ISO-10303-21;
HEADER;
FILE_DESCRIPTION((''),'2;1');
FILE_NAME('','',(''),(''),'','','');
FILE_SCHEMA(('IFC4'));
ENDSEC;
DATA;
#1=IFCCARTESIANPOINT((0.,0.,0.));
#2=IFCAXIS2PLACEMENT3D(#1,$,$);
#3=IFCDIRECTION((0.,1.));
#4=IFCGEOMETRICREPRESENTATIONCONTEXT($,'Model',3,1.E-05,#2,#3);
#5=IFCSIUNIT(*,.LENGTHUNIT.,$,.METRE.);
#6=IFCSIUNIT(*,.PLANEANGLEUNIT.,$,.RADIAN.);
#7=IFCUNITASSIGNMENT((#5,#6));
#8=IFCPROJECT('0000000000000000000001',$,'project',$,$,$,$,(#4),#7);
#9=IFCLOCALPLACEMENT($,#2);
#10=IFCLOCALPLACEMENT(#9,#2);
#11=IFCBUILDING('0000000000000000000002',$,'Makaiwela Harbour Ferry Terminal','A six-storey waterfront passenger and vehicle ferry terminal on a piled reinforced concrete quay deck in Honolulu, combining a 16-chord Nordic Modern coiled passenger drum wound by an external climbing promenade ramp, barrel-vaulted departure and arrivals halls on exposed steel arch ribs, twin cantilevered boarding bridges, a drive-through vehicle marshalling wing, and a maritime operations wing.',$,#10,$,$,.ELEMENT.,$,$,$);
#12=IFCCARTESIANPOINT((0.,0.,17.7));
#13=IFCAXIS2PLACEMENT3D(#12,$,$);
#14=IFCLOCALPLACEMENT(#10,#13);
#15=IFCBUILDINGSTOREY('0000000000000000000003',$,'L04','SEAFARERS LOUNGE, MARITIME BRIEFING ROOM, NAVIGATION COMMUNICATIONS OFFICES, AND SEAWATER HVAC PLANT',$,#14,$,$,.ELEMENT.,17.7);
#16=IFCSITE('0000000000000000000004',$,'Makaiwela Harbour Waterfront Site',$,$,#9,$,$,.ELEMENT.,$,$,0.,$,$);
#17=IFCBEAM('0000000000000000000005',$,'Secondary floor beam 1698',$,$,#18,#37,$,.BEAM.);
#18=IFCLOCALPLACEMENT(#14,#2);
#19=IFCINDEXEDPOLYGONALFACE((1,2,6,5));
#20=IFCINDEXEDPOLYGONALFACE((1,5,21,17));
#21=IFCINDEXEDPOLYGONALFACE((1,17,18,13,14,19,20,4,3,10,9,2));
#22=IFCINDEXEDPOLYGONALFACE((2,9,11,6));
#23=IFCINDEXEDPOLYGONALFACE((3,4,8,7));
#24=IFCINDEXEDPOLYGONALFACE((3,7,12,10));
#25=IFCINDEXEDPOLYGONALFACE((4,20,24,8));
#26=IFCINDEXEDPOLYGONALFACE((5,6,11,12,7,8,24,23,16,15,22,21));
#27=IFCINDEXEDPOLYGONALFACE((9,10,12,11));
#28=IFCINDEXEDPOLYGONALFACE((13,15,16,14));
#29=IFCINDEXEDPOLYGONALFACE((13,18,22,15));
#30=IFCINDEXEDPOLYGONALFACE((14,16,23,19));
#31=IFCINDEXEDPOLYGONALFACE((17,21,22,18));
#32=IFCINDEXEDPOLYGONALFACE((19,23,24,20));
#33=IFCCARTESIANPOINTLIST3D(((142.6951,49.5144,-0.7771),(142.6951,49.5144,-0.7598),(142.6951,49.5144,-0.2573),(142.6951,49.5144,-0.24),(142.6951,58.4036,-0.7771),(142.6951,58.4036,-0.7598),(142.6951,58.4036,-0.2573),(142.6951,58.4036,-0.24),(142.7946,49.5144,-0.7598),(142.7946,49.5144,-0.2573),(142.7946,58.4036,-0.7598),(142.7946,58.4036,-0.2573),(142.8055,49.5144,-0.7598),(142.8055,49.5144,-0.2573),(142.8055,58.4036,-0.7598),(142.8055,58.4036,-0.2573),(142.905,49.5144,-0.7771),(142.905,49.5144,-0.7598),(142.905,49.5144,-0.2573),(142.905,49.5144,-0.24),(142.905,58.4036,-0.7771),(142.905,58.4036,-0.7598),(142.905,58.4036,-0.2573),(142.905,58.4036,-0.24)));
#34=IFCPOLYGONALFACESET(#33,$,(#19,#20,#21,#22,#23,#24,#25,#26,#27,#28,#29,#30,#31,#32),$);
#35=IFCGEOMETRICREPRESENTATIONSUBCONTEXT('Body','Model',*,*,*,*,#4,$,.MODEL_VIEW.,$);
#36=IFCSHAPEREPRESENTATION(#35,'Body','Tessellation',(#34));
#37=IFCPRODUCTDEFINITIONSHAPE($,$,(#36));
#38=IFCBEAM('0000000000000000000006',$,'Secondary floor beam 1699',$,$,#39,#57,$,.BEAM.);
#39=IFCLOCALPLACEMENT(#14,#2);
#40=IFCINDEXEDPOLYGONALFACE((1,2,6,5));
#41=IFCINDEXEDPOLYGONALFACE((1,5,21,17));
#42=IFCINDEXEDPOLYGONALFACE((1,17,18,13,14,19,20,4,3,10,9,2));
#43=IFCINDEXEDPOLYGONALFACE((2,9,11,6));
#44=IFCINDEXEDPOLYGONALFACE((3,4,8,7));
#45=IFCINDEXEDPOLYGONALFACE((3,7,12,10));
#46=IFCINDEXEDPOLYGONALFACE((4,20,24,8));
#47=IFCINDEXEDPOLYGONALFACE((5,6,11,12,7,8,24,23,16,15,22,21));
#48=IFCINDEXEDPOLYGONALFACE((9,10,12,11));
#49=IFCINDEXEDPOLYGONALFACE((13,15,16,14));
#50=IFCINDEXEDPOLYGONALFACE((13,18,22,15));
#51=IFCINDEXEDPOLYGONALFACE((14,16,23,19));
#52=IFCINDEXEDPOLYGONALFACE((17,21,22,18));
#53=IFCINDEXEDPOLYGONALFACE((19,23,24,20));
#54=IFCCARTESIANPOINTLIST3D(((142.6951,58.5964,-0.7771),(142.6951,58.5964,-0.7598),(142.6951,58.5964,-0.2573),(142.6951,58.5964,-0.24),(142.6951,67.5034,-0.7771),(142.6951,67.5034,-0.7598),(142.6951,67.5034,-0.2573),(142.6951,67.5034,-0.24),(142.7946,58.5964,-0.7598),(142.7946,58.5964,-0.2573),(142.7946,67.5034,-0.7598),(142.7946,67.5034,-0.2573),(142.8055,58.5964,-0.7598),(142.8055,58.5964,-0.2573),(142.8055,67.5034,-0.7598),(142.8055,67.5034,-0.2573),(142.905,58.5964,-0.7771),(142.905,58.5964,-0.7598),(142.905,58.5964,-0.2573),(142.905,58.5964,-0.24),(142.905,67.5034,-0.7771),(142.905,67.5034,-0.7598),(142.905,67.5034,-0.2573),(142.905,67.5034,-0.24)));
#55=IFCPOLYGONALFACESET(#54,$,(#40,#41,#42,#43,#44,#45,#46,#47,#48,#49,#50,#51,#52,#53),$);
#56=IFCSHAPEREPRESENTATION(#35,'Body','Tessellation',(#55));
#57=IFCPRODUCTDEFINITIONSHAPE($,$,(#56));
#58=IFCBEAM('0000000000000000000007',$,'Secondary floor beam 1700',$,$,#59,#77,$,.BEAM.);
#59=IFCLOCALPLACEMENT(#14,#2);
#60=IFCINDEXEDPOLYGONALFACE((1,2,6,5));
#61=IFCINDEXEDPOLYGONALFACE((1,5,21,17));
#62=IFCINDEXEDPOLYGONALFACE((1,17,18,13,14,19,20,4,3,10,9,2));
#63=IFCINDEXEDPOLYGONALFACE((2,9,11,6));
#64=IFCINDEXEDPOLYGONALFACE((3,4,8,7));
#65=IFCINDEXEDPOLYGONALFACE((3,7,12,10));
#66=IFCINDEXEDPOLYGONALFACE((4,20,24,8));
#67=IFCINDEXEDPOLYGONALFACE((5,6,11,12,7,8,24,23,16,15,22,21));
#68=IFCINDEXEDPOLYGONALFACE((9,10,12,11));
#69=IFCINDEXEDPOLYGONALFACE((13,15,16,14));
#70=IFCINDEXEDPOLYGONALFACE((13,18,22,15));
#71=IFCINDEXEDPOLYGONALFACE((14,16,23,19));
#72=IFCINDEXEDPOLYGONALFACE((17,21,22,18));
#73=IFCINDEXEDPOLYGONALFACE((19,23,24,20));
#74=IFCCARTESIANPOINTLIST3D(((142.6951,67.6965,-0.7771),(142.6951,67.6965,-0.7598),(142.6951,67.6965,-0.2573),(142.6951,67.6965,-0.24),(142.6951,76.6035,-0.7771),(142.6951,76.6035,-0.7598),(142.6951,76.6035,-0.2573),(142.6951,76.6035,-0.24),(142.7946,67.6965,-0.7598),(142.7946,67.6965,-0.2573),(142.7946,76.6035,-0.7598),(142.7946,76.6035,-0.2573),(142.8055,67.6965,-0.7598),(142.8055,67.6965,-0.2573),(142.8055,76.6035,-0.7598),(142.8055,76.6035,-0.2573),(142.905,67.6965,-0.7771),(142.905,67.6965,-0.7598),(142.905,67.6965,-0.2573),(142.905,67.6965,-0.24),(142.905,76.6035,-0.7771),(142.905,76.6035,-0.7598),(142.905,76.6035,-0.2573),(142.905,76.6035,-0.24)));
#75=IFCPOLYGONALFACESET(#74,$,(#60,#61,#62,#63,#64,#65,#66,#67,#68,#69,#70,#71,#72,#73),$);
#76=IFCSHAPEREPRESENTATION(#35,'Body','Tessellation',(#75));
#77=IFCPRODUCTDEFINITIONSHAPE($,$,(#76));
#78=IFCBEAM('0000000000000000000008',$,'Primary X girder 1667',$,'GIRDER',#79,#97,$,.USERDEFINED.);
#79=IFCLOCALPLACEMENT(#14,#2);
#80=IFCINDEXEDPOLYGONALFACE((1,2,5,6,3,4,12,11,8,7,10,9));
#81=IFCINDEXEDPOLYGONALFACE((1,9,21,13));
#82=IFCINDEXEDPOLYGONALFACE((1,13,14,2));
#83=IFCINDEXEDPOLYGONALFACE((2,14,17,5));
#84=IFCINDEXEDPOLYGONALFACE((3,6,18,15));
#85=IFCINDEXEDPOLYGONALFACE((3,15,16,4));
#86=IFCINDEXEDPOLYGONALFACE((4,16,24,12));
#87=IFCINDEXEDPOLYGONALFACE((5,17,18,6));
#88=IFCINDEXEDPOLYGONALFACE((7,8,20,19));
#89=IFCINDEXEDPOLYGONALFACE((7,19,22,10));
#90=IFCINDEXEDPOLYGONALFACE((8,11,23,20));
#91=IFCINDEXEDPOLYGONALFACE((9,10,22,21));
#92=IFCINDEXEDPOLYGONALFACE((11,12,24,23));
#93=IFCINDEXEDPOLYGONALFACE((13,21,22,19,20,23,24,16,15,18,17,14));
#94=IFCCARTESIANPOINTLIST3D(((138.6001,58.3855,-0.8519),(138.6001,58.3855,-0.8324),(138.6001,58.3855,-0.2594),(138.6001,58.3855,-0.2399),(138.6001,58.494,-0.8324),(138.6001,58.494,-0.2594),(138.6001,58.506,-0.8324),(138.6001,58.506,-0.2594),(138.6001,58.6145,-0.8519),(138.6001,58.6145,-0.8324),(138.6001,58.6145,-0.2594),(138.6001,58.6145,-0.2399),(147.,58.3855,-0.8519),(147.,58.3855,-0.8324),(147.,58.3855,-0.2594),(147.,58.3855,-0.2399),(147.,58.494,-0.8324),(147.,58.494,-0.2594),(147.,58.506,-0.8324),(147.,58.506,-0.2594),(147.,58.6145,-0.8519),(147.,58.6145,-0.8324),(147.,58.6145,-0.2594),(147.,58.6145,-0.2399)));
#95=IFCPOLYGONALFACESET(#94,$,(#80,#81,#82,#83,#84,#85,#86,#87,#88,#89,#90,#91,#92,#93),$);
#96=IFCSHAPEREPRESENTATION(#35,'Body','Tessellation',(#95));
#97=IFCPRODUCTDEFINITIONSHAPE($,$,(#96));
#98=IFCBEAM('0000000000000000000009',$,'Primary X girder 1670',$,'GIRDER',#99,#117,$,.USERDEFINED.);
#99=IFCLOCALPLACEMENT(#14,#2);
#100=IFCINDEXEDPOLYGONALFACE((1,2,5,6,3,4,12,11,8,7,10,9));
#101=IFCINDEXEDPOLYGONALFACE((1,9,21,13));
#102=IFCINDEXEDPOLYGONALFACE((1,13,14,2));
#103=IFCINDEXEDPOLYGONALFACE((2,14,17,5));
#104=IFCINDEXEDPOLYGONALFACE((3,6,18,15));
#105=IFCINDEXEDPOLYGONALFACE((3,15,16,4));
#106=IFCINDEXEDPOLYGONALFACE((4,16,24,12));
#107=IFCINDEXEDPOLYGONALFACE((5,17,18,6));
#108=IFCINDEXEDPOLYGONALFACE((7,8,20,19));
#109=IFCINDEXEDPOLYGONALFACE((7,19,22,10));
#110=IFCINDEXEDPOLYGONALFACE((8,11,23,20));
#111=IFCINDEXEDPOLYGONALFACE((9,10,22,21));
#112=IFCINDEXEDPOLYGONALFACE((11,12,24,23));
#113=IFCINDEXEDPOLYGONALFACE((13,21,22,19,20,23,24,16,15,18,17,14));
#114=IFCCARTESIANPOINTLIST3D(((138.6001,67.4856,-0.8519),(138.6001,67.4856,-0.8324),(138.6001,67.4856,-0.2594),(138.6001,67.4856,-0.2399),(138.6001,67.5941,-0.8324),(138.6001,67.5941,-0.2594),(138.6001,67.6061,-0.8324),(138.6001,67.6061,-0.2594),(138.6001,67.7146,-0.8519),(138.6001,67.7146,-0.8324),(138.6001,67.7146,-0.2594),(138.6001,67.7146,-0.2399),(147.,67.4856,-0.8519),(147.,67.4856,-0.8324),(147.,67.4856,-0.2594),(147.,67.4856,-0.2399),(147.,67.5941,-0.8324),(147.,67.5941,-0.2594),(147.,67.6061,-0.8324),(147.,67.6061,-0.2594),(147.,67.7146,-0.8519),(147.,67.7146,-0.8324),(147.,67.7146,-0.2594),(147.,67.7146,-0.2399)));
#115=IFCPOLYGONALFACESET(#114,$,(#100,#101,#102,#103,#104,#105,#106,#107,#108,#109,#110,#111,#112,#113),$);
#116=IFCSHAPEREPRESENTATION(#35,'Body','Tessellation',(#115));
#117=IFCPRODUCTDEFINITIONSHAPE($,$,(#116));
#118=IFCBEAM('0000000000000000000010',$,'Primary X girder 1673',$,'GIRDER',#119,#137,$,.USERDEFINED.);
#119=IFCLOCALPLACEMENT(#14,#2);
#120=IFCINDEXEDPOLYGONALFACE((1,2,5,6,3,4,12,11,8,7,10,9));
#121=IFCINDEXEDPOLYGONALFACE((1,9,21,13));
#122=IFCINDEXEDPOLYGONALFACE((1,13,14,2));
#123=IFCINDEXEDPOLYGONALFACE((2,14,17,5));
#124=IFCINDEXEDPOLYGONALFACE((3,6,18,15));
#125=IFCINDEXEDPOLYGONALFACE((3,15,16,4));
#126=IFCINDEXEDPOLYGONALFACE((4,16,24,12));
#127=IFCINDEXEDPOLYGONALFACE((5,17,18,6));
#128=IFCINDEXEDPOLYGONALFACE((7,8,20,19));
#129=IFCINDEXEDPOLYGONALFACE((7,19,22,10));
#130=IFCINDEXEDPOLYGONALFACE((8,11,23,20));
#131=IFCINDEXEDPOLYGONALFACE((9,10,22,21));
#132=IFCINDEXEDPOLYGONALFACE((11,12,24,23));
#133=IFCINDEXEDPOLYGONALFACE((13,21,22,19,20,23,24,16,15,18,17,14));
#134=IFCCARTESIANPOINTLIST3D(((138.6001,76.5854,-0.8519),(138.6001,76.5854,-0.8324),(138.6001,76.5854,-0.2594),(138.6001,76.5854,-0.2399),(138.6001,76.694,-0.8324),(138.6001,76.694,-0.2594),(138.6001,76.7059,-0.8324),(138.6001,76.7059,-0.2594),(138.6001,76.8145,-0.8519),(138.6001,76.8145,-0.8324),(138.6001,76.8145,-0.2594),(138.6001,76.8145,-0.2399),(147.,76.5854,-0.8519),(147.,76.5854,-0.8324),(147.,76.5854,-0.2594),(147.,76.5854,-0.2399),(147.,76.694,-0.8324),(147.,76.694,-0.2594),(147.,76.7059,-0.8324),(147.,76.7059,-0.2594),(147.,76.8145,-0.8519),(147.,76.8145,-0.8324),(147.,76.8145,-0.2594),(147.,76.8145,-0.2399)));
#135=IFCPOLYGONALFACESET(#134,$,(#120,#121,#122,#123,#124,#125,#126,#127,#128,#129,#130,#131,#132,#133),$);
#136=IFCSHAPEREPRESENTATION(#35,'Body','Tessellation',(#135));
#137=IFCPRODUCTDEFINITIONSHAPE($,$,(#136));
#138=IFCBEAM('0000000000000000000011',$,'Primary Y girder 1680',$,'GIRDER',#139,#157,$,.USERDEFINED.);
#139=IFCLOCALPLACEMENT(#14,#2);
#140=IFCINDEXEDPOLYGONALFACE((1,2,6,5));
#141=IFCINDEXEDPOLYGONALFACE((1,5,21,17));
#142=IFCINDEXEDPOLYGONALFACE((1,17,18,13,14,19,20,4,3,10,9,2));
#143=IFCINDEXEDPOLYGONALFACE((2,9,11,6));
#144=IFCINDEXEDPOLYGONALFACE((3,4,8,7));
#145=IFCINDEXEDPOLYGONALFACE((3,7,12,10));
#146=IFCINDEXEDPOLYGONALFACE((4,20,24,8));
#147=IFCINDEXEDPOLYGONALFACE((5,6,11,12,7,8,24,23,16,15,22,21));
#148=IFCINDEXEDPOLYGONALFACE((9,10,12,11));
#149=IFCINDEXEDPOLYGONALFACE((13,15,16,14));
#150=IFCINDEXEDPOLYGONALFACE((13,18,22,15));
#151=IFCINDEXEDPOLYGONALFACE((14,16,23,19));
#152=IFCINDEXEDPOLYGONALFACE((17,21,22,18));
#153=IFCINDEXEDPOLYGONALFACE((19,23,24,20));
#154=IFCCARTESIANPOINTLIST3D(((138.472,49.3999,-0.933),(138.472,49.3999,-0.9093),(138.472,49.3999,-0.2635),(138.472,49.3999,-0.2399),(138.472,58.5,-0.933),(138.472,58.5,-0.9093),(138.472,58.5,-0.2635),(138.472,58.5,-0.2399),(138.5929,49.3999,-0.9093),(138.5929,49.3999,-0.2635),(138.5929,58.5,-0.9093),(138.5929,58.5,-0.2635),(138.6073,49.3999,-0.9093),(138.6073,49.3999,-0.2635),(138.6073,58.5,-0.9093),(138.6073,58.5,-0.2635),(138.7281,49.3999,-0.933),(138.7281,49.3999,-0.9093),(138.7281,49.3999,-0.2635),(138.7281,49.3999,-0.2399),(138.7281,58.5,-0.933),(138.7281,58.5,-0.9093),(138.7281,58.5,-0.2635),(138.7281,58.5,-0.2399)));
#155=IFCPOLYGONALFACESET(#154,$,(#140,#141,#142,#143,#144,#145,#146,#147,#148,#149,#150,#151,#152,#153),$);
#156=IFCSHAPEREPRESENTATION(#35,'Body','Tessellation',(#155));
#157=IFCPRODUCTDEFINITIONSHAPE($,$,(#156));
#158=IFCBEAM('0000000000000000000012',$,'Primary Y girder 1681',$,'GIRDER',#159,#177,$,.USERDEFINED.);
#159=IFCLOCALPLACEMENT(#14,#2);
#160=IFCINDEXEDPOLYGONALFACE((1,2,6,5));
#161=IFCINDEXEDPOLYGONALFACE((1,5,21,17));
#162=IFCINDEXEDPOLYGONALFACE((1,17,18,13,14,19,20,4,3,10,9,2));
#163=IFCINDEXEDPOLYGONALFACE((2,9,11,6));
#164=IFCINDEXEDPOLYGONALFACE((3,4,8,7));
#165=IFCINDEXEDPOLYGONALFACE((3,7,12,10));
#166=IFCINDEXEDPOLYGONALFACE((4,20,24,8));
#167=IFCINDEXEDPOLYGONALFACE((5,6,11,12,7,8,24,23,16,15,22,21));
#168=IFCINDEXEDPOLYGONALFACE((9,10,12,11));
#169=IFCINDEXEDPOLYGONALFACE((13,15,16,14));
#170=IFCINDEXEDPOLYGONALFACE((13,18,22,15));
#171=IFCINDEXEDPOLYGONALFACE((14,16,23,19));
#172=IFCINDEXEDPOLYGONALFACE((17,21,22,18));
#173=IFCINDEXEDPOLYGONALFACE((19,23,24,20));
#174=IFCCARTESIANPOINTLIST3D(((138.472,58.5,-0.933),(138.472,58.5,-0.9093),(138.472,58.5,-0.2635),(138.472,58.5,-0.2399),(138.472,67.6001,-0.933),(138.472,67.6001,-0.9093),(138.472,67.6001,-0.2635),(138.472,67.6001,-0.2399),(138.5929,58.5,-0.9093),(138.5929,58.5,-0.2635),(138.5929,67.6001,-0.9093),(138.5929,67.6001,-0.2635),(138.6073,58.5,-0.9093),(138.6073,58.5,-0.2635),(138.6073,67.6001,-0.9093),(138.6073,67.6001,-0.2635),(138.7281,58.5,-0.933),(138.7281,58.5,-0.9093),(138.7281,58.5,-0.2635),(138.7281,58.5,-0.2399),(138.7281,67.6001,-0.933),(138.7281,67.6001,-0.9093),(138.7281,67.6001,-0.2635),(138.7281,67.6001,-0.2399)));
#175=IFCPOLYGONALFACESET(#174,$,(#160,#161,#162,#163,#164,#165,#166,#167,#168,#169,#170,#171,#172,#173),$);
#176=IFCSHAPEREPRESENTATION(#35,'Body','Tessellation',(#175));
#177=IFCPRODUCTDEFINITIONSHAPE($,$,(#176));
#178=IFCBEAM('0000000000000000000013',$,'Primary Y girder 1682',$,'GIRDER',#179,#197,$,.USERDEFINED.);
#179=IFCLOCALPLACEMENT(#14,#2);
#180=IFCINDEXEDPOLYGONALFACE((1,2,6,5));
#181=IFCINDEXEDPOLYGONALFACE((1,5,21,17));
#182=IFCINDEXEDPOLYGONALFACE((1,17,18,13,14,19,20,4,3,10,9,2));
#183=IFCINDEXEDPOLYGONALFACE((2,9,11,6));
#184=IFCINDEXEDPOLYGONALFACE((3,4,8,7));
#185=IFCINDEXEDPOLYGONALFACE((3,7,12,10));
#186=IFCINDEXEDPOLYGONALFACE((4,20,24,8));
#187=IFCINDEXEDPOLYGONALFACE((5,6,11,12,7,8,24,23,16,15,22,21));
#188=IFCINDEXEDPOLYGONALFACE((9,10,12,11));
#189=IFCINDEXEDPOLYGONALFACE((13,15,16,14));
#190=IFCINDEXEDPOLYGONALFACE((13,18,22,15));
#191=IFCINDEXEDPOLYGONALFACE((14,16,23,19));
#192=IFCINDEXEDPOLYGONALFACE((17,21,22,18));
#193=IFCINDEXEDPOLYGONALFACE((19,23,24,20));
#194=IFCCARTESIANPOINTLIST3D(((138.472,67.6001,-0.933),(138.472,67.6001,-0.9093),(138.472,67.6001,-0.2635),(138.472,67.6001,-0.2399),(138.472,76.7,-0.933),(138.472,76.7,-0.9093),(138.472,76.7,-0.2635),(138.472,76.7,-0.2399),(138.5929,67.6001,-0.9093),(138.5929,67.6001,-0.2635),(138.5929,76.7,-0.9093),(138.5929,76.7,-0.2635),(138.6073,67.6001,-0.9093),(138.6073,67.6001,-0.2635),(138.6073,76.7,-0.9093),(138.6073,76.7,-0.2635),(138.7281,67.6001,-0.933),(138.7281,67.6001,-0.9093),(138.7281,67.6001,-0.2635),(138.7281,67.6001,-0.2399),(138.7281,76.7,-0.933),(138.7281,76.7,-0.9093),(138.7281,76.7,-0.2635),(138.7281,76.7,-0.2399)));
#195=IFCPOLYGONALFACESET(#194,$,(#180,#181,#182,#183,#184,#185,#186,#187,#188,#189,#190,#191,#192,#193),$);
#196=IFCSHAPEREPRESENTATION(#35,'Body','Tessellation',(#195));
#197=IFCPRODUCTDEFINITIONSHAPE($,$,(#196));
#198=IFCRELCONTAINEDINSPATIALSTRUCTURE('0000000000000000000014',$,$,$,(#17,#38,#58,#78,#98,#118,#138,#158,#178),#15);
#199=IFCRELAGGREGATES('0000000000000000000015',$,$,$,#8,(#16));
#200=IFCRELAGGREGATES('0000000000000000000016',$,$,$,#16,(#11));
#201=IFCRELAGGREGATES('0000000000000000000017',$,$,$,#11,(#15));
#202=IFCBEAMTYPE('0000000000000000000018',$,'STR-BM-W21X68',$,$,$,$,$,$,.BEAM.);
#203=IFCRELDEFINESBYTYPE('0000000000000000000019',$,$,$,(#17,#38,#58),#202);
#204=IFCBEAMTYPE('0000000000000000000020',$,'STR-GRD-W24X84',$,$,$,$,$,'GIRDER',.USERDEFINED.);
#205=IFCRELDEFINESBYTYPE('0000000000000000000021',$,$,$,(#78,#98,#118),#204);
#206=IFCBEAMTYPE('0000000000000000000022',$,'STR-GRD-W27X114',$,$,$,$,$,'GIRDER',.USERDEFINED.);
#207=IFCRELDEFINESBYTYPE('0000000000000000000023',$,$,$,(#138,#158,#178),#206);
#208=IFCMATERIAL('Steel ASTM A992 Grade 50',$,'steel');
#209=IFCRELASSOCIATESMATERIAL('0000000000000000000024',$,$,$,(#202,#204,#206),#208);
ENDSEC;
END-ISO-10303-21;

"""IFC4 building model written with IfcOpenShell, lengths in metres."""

from ifc_helpers import new_model, si_unit, direction, frame, origin, origin_2d, place, context, subcontext, project, spatial, i_section, extrude, material, material_profile, profile_set, type_object, element, save


model = new_model("IFC4")

# Units and contexts
model_context = context("Model", 3, precision=1e-05, world=origin(), true_north=direction((0.0, 1.0)))
body_context = subcontext(model_context, "Body", "Model", "MODEL_VIEW")
ifc_project = project(units=[si_unit("LENGTHUNIT", "METRE"), si_unit("PLANEANGLEUNIT", "RADIAN")], contexts=[model_context])

# Site, building, storey
site_placement = place(None, origin())
site = spatial("IfcSite", under=ifc_project, at=site_placement, Name="Makaiwela Harbour Waterfront Site", CompositionType="ELEMENT", RefElevation=0.0)
building_placement = place(site_placement, origin())
building = spatial("IfcBuilding", under=site, at=building_placement, Name="Makaiwela Harbour Ferry Terminal", Description="A six-storey waterfront passenger and vehicle ferry terminal on a piled reinforced concrete quay deck in Honolulu, combining a 16-chord Nordic Modern coiled passenger drum wound by an external climbing promenade ramp, barrel-vaulted departure and arrivals halls on exposed steel arch ribs, twin cantilevered boarding bridges, a drive-through vehicle marshalling wing, and a maritime operations wing.", CompositionType="ELEMENT")
storey_placement = place(building_placement, frame((0.0, 0.0, 17.7)))
storey = spatial("IfcBuildingStorey", under=building, at=storey_placement, Name="L04", Description="SEAFARERS LOUNGE, MARITIME BRIEFING ROOM, NAVIGATION COMMUNICATIONS OFFICES, AND SEAWATER HVAC PLANT", CompositionType="ELEMENT", Elevation=17.7)

# Beams
ifc_material_1 = material(Name="Steel ASTM A992 Grade 50", Category="steel")
ifc_material_profile_1 = material_profile(ifc_material_1, i_section(OverallWidth=0.21, OverallDepth=0.5371, WebThickness=0.011, FlangeThickness=0.0173, at=origin_2d()), Name="W21X68")
ifc_profile_set_1 = profile_set([ifc_material_profile_1], Name="Steel ASTM A992 Grade 50")
beam_type_1 = type_object("IfcBeamType", Name="STR-BM-W21X68", PredefinedType="BEAM", material=ifc_profile_set_1)
beam_1_placement = place(storey_placement, frame((142.8, 49.5144, -0.5085), z_axis=(0.0, 1.0, 0.0), x_axis=(-1.0, 0.0, 0.0)))
element("IfcBeam", 1, at=beam_1_placement, inside=storey, type_object=beam_type_1, Name="Secondary floor beam 1698", PredefinedType="BEAM", context=body_context, shape_type="SweptSolid", body=[
    extrude(i_section(OverallWidth=0.21, OverallDepth=0.5371, WebThickness=0.011, FlangeThickness=0.0173, at=origin_2d()), origin(), (0.0, 0.0, 1.0), 8.8892),
])
for number, where, z_axis, x_axis, name in (
    (2, (142.8, 58.5964, -0.5085), (0.0, 1.0, 0.0), (-1.0, 0.0, 0.0), "Secondary floor beam 1699"),
    (3, (142.8, 67.6965, -0.5085), (0.0, 1.0, 0.0), (-1.0, 0.0, 0.0), "Secondary floor beam 1700"),
):
    element("IfcBeam", number, at=place(storey_placement, frame(where, z_axis=z_axis, x_axis=x_axis)), inside=storey, type_object=beam_type_1, Name=name, PredefinedType="BEAM", context=body_context, shape_type="SweptSolid", body=[
        extrude(i_section(OverallWidth=0.21, OverallDepth=0.5371, WebThickness=0.011, FlangeThickness=0.0173, at=origin_2d()), origin(), (0.0, 0.0, 1.0), 8.907),
    ])
ifc_material_profile_2 = material_profile(ifc_material_1, i_section(OverallWidth=0.229, OverallDepth=0.6121, WebThickness=0.012, FlangeThickness=0.0195, at=origin_2d()), Name="W24X84")
ifc_profile_set_2 = profile_set([ifc_material_profile_2], Name="Steel ASTM A992 Grade 50")
beam_type_2 = type_object("IfcBeamType", Name="STR-GRD-W24X84", ElementType="GIRDER", PredefinedType="USERDEFINED", material=ifc_profile_set_2)
for number, where, z_axis, x_axis, name in (
    (4, (138.6001, 58.5, -0.5459), (1.0, 0.0, 0.0), (0.0, 1.0, 0.0), "Primary X girder 1667"),
    (5, (138.6001, 67.6001, -0.5459), (1.0, 0.0, 0.0), (0.0, 1.0, 0.0), "Primary X girder 1670"),
    (6, (138.6001, 76.7, -0.5459), (1.0, 0.0, 0.0), (0.0, 1.0, 0.0), "Primary X girder 1673"),
):
    element("IfcBeam", number, at=place(storey_placement, frame(where, z_axis=z_axis, x_axis=x_axis)), inside=storey, type_object=beam_type_2, Name=name, ObjectType="GIRDER", PredefinedType="USERDEFINED", context=body_context, shape_type="SweptSolid", body=[
        extrude(i_section(OverallWidth=0.229, OverallDepth=0.6121, WebThickness=0.012, FlangeThickness=0.0195, at=origin_2d()), origin(), (0.0, 0.0, 1.0), 8.3999),
    ])
ifc_material_profile_3 = material_profile(ifc_material_1, i_section(OverallWidth=0.2561, OverallDepth=0.6931, WebThickness=0.0144, FlangeThickness=0.0237, at=origin_2d()), Name="W27X114")
ifc_profile_set_3 = profile_set([ifc_material_profile_3], Name="Steel ASTM A992 Grade 50")
beam_type_3 = type_object("IfcBeamType", Name="STR-GRD-W27X114", ElementType="GIRDER", PredefinedType="USERDEFINED", material=ifc_profile_set_3)
for number, where, z_axis, x_axis, name in (
    (7, (138.6001, 49.3999, -0.5864), (0.0, 1.0, 0.0), (-1.0, 0.0, 0.0), "Primary Y girder 1680"),
    (8, (138.6001, 58.5, -0.5864), (0.0, 1.0, 0.0), (-1.0, 0.0, 0.0), "Primary Y girder 1681"),
):
    element("IfcBeam", number, at=place(storey_placement, frame(where, z_axis=z_axis, x_axis=x_axis)), inside=storey, type_object=beam_type_3, Name=name, ObjectType="GIRDER", PredefinedType="USERDEFINED", context=body_context, shape_type="SweptSolid", body=[
        extrude(i_section(OverallWidth=0.2561, OverallDepth=0.6931, WebThickness=0.0144, FlangeThickness=0.0237, at=origin_2d()), origin(), (0.0, 0.0, 1.0), 9.1001),
    ])
beam_2_placement = place(storey_placement, frame((138.6001, 67.6001, -0.5864), z_axis=(0.0, 1.0, 0.0), x_axis=(-1.0, 0.0, 0.0)))
element("IfcBeam", 9, at=beam_2_placement, inside=storey, type_object=beam_type_3, Name="Primary Y girder 1682", ObjectType="GIRDER", PredefinedType="USERDEFINED", context=body_context, shape_type="SweptSolid", body=[
    extrude(i_section(OverallWidth=0.2561, OverallDepth=0.6931, WebThickness=0.0144, FlangeThickness=0.0237, at=origin_2d()), origin(), (0.0, 0.0, 1.0), 9.0999),
])

save(model, "model.ifc")
